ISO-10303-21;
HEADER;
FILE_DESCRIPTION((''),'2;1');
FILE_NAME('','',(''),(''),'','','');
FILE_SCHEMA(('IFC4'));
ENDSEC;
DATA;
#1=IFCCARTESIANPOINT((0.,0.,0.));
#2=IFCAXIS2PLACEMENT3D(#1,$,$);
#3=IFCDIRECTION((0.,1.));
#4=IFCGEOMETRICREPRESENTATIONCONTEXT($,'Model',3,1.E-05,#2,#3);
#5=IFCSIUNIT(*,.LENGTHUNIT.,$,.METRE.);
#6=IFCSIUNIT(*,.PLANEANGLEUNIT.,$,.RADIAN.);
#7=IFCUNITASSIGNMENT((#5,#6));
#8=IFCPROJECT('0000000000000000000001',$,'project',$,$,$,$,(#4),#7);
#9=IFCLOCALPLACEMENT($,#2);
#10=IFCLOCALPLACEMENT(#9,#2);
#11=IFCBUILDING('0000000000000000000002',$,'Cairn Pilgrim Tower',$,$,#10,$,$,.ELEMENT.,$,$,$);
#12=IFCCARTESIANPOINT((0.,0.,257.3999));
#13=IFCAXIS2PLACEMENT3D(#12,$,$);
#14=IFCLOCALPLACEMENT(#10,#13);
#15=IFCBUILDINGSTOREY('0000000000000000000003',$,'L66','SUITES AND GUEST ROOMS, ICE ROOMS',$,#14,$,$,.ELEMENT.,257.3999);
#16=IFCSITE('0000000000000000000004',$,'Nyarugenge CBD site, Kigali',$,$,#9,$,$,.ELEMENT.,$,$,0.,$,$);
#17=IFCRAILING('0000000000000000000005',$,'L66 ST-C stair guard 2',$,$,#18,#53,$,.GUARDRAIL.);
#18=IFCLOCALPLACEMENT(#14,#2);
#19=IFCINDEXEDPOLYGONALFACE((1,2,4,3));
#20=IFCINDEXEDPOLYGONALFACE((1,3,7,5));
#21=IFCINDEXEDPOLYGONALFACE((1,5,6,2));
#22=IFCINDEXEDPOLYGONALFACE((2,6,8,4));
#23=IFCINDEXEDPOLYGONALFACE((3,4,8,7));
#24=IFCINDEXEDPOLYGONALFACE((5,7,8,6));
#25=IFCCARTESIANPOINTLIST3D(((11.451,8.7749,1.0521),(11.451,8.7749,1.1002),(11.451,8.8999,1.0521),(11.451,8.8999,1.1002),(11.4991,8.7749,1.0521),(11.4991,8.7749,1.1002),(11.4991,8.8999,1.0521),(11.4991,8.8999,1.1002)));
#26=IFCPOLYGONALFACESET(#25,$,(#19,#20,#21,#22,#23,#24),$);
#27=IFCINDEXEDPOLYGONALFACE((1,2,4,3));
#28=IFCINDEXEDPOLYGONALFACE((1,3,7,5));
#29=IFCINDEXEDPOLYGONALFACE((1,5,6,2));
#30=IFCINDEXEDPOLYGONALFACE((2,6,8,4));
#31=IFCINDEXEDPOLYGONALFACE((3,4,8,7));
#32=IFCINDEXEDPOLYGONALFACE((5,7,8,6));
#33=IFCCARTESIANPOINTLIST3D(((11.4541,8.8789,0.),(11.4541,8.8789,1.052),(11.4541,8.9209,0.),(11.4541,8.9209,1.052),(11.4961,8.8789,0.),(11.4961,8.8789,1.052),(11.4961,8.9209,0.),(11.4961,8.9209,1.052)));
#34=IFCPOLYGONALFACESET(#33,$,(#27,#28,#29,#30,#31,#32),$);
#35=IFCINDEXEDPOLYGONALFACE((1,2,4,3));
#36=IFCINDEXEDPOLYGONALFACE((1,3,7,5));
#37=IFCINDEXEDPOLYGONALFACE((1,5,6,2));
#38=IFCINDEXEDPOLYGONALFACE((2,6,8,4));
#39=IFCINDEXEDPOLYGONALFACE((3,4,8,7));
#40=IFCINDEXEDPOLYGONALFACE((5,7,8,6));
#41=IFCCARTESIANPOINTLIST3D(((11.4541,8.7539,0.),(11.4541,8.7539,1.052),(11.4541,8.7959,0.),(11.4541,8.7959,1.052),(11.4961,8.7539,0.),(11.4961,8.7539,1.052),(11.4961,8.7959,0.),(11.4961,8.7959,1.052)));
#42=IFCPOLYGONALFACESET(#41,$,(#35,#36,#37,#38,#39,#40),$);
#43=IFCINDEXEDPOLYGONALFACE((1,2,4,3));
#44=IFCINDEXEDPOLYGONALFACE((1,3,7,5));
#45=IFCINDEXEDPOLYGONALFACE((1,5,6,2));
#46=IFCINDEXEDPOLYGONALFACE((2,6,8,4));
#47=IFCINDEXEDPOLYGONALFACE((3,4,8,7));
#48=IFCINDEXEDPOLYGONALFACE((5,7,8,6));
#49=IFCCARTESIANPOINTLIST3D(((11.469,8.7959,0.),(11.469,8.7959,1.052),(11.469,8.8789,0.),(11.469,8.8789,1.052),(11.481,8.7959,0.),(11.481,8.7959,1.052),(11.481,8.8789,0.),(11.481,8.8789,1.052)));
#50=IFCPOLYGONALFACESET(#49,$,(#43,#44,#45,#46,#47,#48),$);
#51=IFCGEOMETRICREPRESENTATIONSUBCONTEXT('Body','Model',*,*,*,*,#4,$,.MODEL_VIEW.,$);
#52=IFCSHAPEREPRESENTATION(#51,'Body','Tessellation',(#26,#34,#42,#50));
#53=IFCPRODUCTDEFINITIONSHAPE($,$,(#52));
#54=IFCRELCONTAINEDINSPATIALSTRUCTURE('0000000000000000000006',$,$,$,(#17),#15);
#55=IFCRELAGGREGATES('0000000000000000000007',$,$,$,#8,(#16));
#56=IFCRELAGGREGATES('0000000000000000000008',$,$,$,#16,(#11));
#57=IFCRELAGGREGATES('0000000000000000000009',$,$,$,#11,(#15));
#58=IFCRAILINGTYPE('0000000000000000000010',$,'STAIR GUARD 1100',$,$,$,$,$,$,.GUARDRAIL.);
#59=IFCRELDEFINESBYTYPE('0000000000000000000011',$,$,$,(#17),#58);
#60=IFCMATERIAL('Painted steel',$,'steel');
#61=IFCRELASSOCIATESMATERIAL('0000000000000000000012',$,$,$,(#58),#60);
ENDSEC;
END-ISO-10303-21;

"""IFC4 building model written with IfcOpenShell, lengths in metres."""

from ifc_helpers import new_model, si_unit, direction, frame, origin, origin_2d, place, context, subcontext, project, spatial, polyline, rectangle, outline, extrude, material, type_object, element, save


model = new_model("IFC4")

# Units and contexts
model_context = context("Model", 3, precision=1e-05, world=origin(), true_north=direction((0.0, 1.0)))
body_context = subcontext(model_context, "Body", "Model", "MODEL_VIEW")
ifc_project = project(units=[si_unit("LENGTHUNIT", "METRE"), si_unit("PLANEANGLEUNIT", "RADIAN")], contexts=[model_context])

# Site, building, storey
site_placement = place(None, origin())
site = spatial("IfcSite", under=ifc_project, at=site_placement, Name="Nyarugenge CBD site, Kigali", CompositionType="ELEMENT", RefElevation=0.0)
building_placement = place(site_placement, origin())
building = spatial("IfcBuilding", under=site, at=building_placement, Name="Cairn Pilgrim Tower", CompositionType="ELEMENT")
storey_placement = place(building_placement, frame((0.0, 0.0, 257.3999)))
storey = spatial("IfcBuildingStorey", under=building, at=storey_placement, Name="L66", Description="SUITES AND GUEST ROOMS, ICE ROOMS", CompositionType="ELEMENT", Elevation=257.3999)

# Shared definitions
ifc_material_1 = material(Name="Painted steel", Category="steel")

# Railing
railing_type = type_object("IfcRailingType", Name="STAIR GUARD 1100", PredefinedType="GUARDRAIL", material=ifc_material_1)
railing_placement = place(storey_placement, frame((11.4751, 8.8999, 0.0)))
element("IfcRailing", 1, at=railing_placement, inside=storey, type_object=railing_type, Name="L66 ST-C stair guard 2", PredefinedType="GUARDRAIL", context=body_context, shape_type="SweptSolid", body=[
    extrude(rectangle(XDim=0.0481, YDim=0.0481, at=origin_2d()), frame((0.0, 0.0, 1.0762), z_axis=(0.0, -1.0, 0.0), x_axis=(1.0, 0.0, 0.0)), (0.0, 0.0, 1.0), 0.125),
    extrude(rectangle(XDim=0.042, YDim=0.042, at=origin_2d()), origin(), (0.0, 0.0, 1.0), 1.052),
    extrude(rectangle(XDim=0.042, YDim=0.042, at=origin_2d()), frame((0.0, -0.125, 0.0)), (0.0, 0.0, 1.0), 1.052),
    extrude(outline(polyline([(0.021, 0.0), (0.104, 0.0), (0.104, 1.052), (0.021, 1.052), (0.021, 0.0)])), frame((0.0059, 0.0, 0.0), z_axis=(-1.0, 0.0, 0.0), x_axis=(0.0, -1.0, 0.0)), (0.0, 0.0, 1.0), 0.012),
])

save(model, "model.ifc")
